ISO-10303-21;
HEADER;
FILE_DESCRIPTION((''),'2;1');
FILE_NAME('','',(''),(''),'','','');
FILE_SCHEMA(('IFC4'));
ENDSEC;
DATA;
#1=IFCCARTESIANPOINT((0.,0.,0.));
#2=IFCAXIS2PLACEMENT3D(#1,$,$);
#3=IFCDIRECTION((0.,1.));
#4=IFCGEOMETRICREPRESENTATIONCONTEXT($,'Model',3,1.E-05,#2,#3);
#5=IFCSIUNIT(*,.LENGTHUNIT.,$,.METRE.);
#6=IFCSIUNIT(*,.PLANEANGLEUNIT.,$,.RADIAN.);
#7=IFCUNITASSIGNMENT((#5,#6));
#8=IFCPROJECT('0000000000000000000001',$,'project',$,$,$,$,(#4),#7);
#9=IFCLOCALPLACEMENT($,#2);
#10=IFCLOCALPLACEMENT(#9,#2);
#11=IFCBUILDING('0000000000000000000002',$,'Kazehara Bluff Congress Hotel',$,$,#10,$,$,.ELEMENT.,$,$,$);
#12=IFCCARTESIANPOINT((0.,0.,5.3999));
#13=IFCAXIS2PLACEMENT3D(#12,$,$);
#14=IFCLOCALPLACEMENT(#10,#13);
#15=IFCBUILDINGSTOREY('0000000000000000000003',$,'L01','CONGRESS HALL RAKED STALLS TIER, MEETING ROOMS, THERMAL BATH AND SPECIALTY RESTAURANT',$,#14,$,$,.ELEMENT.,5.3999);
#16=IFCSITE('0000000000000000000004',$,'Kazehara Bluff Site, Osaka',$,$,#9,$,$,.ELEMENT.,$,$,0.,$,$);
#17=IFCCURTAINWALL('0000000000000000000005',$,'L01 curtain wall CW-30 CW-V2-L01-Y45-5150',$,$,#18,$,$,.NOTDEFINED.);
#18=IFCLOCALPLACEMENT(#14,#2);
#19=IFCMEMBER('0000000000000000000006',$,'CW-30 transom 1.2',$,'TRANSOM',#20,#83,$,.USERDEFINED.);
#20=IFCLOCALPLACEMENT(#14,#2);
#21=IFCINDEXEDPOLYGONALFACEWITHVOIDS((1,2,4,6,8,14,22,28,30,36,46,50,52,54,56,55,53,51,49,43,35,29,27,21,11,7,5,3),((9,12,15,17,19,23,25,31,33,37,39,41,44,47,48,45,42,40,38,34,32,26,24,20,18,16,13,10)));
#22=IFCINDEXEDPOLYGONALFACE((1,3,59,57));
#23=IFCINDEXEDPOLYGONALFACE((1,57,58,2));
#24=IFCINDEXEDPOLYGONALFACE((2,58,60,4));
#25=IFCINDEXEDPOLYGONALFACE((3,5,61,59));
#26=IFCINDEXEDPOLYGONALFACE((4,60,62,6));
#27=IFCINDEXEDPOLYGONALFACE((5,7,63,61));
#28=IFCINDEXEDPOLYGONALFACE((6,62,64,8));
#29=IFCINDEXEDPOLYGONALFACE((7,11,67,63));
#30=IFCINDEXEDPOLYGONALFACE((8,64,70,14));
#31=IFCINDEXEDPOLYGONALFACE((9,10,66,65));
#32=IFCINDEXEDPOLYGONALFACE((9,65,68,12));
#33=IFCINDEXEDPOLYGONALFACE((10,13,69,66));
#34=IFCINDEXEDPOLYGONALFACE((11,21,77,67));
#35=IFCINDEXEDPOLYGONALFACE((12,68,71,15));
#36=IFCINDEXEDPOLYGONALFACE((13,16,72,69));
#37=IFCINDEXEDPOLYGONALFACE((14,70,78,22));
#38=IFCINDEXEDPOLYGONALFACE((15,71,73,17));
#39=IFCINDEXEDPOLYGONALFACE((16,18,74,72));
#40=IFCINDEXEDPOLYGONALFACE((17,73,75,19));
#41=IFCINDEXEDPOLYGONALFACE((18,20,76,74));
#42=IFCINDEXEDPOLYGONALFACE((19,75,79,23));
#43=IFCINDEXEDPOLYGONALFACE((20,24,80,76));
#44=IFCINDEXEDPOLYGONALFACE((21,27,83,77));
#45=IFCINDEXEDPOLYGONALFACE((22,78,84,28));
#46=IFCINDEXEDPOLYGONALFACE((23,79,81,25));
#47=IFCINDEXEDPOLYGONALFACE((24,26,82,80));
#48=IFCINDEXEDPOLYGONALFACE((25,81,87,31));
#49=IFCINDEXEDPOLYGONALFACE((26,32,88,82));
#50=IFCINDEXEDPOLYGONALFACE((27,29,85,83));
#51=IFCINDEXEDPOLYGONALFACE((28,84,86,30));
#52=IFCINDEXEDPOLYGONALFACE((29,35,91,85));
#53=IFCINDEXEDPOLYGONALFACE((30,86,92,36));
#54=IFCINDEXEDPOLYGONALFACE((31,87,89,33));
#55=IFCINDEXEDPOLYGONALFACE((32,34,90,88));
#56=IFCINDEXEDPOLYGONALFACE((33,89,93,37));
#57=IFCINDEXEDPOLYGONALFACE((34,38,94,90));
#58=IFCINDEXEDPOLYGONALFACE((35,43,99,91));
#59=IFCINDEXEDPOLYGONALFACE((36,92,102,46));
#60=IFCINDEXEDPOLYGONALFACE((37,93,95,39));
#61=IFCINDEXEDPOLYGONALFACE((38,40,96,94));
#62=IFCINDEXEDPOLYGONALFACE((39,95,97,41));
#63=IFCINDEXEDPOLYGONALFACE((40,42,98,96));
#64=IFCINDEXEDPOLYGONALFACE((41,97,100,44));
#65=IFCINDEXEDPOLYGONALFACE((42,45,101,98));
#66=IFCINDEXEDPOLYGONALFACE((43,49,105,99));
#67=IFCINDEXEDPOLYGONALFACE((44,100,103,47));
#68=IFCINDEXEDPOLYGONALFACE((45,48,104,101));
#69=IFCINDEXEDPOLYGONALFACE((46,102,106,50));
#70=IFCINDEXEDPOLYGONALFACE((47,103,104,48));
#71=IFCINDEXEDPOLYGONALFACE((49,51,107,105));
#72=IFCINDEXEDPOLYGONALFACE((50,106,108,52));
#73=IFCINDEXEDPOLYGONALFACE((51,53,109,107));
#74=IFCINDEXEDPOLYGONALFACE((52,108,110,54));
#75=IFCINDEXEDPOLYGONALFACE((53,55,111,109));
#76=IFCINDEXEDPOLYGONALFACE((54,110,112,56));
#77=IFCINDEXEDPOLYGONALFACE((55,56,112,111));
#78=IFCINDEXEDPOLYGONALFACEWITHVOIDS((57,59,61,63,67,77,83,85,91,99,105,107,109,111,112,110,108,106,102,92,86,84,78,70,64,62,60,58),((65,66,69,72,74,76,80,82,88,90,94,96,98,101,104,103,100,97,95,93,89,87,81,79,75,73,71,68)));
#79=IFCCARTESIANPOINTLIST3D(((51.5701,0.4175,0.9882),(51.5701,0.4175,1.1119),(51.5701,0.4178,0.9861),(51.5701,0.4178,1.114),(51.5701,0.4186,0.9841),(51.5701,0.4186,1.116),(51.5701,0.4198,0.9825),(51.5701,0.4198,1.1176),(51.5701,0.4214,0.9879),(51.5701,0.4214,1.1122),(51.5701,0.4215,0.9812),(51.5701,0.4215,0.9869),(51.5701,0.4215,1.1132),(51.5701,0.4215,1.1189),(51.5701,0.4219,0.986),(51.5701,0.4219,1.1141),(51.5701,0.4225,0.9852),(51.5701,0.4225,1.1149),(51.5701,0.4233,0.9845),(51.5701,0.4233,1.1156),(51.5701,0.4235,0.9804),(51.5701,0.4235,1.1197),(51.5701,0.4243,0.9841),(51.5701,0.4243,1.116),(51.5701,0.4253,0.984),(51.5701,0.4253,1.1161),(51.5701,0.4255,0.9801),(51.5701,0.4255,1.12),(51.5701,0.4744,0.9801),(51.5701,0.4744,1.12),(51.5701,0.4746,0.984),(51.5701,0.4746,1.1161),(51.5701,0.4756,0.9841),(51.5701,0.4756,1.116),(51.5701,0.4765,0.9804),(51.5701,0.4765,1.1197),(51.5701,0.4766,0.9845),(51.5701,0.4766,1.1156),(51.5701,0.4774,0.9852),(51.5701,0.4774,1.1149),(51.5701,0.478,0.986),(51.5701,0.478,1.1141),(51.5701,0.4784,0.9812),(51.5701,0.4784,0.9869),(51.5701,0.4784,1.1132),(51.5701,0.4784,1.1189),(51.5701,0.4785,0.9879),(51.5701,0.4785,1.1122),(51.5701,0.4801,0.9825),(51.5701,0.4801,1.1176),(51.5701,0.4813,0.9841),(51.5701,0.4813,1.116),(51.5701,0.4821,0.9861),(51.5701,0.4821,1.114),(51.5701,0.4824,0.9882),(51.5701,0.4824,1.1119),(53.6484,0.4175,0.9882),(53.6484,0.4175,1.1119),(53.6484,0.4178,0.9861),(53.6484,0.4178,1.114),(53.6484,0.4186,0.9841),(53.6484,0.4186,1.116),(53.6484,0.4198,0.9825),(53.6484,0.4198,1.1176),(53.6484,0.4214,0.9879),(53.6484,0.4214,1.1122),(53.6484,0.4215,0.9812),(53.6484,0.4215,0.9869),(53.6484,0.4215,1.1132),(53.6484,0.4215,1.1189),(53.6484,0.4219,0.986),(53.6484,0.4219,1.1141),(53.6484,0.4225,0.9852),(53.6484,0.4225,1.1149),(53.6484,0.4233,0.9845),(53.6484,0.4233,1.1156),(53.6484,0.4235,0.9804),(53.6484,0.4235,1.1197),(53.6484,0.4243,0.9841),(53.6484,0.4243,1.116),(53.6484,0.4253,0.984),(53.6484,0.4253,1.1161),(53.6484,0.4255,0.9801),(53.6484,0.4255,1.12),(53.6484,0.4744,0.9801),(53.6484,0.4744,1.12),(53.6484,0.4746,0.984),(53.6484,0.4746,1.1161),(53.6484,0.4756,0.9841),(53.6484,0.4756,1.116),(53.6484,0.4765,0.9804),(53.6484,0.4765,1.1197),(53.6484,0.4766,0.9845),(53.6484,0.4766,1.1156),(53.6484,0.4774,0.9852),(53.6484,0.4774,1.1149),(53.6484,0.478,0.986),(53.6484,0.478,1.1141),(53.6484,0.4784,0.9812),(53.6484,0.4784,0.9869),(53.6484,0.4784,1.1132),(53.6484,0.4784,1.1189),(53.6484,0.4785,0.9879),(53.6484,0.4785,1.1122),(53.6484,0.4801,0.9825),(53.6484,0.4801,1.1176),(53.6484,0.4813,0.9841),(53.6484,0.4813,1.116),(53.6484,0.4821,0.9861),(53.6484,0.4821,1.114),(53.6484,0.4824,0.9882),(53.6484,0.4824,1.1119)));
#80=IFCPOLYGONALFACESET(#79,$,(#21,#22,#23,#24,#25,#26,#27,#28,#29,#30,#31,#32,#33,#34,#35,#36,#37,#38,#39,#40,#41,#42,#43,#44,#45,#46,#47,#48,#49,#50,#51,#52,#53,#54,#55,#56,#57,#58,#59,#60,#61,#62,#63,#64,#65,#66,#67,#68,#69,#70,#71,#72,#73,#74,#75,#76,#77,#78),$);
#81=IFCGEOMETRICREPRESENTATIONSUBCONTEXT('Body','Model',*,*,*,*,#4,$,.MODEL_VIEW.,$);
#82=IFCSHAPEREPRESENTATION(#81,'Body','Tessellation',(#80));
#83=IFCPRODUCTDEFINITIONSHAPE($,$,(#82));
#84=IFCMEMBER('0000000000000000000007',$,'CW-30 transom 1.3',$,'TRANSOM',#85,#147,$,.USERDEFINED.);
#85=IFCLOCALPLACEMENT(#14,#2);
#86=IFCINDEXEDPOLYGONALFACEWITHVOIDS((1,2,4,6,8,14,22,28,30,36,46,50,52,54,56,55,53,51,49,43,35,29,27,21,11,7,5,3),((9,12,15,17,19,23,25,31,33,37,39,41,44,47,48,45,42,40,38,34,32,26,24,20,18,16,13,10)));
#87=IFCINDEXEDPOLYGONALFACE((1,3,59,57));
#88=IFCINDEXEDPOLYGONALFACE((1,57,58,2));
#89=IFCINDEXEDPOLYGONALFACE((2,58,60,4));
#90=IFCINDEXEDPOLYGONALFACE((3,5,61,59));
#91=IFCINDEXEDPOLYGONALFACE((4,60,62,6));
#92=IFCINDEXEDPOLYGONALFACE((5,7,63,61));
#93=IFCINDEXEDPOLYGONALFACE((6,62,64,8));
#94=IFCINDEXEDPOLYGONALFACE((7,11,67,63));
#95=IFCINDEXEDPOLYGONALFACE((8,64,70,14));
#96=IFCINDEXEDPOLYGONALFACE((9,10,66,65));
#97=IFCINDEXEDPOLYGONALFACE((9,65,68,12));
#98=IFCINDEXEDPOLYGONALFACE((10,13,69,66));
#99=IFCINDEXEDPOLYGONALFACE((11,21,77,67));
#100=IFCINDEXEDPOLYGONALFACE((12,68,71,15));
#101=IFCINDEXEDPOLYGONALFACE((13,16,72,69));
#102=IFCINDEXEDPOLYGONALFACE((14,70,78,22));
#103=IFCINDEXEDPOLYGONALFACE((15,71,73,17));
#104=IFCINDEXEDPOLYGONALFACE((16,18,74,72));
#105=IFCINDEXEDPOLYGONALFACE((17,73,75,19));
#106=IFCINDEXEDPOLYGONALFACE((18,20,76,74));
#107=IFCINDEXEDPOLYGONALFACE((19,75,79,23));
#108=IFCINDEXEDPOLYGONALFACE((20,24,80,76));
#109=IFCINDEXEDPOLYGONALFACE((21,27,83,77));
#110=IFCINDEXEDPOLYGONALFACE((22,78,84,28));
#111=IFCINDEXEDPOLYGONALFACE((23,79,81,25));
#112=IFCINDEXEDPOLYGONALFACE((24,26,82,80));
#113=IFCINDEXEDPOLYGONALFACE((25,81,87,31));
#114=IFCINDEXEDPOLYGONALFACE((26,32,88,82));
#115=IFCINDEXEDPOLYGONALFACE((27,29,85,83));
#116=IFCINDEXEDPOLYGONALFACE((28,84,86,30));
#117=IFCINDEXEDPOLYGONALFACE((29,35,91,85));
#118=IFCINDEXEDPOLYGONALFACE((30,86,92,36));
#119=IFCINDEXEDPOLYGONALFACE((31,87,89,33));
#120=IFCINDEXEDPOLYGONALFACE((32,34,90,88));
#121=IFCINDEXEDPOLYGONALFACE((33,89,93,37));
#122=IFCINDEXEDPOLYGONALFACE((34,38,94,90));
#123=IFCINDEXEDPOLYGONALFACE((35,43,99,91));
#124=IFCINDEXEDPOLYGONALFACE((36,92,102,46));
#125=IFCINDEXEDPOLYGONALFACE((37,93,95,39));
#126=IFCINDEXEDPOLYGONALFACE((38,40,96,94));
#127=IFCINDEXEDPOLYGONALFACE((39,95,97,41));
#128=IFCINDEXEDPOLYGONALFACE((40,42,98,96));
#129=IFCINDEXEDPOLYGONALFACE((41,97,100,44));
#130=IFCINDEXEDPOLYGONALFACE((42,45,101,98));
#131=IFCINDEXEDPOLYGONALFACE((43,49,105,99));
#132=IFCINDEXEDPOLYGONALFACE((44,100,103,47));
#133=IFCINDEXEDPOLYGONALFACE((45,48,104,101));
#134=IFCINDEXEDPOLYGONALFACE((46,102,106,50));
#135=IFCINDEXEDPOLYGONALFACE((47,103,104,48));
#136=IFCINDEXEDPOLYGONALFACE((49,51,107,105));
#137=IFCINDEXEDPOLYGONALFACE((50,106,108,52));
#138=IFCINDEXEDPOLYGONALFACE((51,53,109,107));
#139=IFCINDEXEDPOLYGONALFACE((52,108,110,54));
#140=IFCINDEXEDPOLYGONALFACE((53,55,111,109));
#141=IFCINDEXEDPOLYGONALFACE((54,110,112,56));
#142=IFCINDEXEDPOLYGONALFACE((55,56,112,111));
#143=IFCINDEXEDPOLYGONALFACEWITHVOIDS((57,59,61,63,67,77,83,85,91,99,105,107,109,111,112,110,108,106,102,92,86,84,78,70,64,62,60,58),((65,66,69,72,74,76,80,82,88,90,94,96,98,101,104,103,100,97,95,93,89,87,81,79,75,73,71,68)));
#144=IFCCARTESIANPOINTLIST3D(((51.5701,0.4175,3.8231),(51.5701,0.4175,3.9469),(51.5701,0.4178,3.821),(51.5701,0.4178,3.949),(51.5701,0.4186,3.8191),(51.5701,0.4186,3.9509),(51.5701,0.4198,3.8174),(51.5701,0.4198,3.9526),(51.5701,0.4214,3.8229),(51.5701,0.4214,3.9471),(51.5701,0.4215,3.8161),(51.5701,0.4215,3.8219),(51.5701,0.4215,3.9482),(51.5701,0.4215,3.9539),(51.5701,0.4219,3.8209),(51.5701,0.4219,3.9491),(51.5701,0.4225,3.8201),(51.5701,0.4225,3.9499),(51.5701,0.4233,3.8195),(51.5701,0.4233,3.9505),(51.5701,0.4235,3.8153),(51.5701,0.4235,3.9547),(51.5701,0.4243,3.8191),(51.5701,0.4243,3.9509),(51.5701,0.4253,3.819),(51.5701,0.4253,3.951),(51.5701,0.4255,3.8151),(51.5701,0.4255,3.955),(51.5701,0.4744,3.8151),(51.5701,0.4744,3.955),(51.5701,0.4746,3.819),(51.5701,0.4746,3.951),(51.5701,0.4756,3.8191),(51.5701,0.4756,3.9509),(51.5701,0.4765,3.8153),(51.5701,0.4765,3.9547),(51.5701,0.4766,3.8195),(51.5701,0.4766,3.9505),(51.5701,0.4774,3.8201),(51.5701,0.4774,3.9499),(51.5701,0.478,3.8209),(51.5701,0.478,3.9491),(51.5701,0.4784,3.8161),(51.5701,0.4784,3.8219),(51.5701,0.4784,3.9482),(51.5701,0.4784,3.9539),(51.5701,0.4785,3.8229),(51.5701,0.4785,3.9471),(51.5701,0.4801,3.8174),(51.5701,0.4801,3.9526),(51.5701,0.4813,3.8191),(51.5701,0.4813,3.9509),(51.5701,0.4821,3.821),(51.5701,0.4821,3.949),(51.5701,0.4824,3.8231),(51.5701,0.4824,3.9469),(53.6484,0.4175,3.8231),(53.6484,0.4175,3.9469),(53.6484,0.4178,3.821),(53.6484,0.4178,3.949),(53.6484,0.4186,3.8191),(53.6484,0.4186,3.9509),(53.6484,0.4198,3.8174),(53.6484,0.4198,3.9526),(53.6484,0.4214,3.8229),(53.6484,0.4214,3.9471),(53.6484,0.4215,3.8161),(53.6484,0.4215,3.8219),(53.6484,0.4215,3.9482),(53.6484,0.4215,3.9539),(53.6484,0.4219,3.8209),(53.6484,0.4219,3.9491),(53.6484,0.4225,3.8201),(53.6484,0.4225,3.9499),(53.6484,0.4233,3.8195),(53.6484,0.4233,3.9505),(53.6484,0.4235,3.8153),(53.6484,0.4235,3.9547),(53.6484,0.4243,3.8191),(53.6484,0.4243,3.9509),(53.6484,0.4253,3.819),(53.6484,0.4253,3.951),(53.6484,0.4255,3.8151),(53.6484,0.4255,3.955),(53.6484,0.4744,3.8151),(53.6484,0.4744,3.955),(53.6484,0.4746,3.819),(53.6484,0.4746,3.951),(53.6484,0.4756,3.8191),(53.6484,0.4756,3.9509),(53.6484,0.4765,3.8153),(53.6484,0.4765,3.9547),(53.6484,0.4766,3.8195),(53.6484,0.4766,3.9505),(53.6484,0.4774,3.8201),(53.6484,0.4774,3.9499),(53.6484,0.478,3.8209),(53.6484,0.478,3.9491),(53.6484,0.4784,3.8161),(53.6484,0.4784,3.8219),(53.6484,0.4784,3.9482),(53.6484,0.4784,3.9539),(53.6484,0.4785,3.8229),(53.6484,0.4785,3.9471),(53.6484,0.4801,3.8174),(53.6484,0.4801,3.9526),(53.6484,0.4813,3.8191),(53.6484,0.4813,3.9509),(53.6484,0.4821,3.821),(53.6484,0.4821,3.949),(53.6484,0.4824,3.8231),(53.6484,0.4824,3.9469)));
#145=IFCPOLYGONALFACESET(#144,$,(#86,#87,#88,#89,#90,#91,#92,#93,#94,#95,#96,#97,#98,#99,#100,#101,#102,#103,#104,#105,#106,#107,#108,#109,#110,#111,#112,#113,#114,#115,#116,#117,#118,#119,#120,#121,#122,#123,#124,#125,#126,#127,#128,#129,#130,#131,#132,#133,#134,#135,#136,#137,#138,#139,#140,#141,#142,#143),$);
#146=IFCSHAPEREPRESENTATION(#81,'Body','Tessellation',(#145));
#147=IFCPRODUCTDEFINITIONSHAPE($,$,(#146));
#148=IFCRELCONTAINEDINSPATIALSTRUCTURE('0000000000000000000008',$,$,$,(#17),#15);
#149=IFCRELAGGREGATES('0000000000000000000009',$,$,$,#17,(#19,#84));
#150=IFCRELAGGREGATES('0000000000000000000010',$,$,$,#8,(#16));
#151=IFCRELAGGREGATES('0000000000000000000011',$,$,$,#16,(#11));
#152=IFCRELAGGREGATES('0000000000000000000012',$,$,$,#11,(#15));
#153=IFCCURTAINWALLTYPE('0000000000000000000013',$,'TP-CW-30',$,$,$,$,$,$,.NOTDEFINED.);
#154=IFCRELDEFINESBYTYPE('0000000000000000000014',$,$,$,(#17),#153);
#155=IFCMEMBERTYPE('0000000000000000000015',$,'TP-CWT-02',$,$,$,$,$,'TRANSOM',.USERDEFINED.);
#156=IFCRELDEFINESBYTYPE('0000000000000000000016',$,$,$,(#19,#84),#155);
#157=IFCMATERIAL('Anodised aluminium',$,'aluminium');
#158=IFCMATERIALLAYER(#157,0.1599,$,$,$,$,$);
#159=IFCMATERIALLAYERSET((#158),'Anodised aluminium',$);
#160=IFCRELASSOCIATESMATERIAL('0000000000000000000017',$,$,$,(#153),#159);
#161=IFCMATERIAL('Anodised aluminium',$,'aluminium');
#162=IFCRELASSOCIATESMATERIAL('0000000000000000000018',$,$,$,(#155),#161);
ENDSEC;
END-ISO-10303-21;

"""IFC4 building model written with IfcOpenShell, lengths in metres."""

from ifc_helpers import new_model, si_unit, direction, frame, origin, origin_2d, place, context, subcontext, project, spatial, hollow_rectangle, extrude, material, layer, layer_set, material_profile, profile_set, type_object, element, aggregate, save


model = new_model("IFC4")

# Units and contexts
model_context = context("Model", 3, precision=1e-05, world=origin(), true_north=direction((0.0, 1.0)))
body_context = subcontext(model_context, "Body", "Model", "MODEL_VIEW")
ifc_project = project(units=[si_unit("LENGTHUNIT", "METRE"), si_unit("PLANEANGLEUNIT", "RADIAN")], contexts=[model_context])

# Site, building, storey
site_placement = place(None, origin())
site = spatial("IfcSite", under=ifc_project, at=site_placement, Name="Kazehara Bluff Site, Osaka", CompositionType="ELEMENT", RefElevation=0.0)
building_placement = place(site_placement, origin())
building = spatial("IfcBuilding", under=site, at=building_placement, Name="Kazehara Bluff Congress Hotel", CompositionType="ELEMENT")
storey_placement = place(building_placement, frame((0.0, 0.0, 5.3999)))
storey = spatial("IfcBuildingStorey", under=building, at=storey_placement, Name="L01", Description="CONGRESS HALL RAKED STALLS TIER, MEETING ROOMS, THERMAL BATH AND SPECIALTY RESTAURANT", CompositionType="ELEMENT", Elevation=5.3999)

# Curtain wall, members
ifc_material_1 = material(Name="Anodised aluminium", Category="aluminium")
ifc_layer_1 = layer(ifc_material_1, 0.1599)
ifc_layer_set_1 = layer_set([ifc_layer_1], Name="Anodised aluminium")
curtain_wall_type = type_object("IfcCurtainWallType", Name="TP-CW-30", PredefinedType="NOTDEFINED", material=ifc_layer_set_1)
curtain_wall_placement = place(storey_placement, origin())
curtain_wall = element("IfcCurtainWall", 1, at=curtain_wall_placement, inside=storey, type_object=curtain_wall_type, Name="L01 curtain wall CW-30 CW-V2-L01-Y45-5150", PredefinedType="NOTDEFINED")
ifc_material_2 = material(Name="Anodised aluminium", Category="aluminium")
ifc_material_profile_1 = material_profile(ifc_material_2, hollow_rectangle(XDim=0.0649, YDim=0.1399, WallThickness=0.0039, InnerFilletRadius=0.0039, OuterFilletRadius=0.0081, at=origin_2d()))
ifc_profile_set_1 = profile_set([ifc_material_profile_1], Name="Anodised aluminium")
member_type_1 = type_object("IfcMemberType", Name="TP-CWT-02", ElementType="TRANSOM", PredefinedType="USERDEFINED", material=ifc_profile_set_1)
member_1_placement = place(storey_placement, frame((51.5701, 0.45, 1.05), z_axis=(1.0, 0.0, 0.0), x_axis=(0.0, 1.0, 0.0)))
member_1 = element("IfcMember", 2, at=member_1_placement, type_object=member_type_1, Name="CW-30 transom 1.2", ObjectType="TRANSOM", PredefinedType="USERDEFINED", context=body_context, shape_type="SweptSolid", body=[
    extrude(hollow_rectangle(XDim=0.0649, YDim=0.1399, WallThickness=0.0039, InnerFilletRadius=0.0039, OuterFilletRadius=0.0081, at=origin_2d()), origin(), (0.0, 0.0, 1.0), 2.0784),
])
member_2_placement = place(storey_placement, frame((51.5701, 0.45, 3.885), z_axis=(1.0, 0.0, 0.0), x_axis=(0.0, 1.0, 0.0)))
member_2 = element("IfcMember", 3, at=member_2_placement, type_object=member_type_1, Name="CW-30 transom 1.3", ObjectType="TRANSOM", PredefinedType="USERDEFINED", context=body_context, shape_type="SweptSolid", body=[
    extrude(hollow_rectangle(XDim=0.0649, YDim=0.1399, WallThickness=0.0039, InnerFilletRadius=0.0039, OuterFilletRadius=0.0081, at=origin_2d()), origin(), (0.0, 0.0, 1.0), 2.0784),
])

aggregate(curtain_wall, [member_1, member_2])

save(model, "model.ifc")
